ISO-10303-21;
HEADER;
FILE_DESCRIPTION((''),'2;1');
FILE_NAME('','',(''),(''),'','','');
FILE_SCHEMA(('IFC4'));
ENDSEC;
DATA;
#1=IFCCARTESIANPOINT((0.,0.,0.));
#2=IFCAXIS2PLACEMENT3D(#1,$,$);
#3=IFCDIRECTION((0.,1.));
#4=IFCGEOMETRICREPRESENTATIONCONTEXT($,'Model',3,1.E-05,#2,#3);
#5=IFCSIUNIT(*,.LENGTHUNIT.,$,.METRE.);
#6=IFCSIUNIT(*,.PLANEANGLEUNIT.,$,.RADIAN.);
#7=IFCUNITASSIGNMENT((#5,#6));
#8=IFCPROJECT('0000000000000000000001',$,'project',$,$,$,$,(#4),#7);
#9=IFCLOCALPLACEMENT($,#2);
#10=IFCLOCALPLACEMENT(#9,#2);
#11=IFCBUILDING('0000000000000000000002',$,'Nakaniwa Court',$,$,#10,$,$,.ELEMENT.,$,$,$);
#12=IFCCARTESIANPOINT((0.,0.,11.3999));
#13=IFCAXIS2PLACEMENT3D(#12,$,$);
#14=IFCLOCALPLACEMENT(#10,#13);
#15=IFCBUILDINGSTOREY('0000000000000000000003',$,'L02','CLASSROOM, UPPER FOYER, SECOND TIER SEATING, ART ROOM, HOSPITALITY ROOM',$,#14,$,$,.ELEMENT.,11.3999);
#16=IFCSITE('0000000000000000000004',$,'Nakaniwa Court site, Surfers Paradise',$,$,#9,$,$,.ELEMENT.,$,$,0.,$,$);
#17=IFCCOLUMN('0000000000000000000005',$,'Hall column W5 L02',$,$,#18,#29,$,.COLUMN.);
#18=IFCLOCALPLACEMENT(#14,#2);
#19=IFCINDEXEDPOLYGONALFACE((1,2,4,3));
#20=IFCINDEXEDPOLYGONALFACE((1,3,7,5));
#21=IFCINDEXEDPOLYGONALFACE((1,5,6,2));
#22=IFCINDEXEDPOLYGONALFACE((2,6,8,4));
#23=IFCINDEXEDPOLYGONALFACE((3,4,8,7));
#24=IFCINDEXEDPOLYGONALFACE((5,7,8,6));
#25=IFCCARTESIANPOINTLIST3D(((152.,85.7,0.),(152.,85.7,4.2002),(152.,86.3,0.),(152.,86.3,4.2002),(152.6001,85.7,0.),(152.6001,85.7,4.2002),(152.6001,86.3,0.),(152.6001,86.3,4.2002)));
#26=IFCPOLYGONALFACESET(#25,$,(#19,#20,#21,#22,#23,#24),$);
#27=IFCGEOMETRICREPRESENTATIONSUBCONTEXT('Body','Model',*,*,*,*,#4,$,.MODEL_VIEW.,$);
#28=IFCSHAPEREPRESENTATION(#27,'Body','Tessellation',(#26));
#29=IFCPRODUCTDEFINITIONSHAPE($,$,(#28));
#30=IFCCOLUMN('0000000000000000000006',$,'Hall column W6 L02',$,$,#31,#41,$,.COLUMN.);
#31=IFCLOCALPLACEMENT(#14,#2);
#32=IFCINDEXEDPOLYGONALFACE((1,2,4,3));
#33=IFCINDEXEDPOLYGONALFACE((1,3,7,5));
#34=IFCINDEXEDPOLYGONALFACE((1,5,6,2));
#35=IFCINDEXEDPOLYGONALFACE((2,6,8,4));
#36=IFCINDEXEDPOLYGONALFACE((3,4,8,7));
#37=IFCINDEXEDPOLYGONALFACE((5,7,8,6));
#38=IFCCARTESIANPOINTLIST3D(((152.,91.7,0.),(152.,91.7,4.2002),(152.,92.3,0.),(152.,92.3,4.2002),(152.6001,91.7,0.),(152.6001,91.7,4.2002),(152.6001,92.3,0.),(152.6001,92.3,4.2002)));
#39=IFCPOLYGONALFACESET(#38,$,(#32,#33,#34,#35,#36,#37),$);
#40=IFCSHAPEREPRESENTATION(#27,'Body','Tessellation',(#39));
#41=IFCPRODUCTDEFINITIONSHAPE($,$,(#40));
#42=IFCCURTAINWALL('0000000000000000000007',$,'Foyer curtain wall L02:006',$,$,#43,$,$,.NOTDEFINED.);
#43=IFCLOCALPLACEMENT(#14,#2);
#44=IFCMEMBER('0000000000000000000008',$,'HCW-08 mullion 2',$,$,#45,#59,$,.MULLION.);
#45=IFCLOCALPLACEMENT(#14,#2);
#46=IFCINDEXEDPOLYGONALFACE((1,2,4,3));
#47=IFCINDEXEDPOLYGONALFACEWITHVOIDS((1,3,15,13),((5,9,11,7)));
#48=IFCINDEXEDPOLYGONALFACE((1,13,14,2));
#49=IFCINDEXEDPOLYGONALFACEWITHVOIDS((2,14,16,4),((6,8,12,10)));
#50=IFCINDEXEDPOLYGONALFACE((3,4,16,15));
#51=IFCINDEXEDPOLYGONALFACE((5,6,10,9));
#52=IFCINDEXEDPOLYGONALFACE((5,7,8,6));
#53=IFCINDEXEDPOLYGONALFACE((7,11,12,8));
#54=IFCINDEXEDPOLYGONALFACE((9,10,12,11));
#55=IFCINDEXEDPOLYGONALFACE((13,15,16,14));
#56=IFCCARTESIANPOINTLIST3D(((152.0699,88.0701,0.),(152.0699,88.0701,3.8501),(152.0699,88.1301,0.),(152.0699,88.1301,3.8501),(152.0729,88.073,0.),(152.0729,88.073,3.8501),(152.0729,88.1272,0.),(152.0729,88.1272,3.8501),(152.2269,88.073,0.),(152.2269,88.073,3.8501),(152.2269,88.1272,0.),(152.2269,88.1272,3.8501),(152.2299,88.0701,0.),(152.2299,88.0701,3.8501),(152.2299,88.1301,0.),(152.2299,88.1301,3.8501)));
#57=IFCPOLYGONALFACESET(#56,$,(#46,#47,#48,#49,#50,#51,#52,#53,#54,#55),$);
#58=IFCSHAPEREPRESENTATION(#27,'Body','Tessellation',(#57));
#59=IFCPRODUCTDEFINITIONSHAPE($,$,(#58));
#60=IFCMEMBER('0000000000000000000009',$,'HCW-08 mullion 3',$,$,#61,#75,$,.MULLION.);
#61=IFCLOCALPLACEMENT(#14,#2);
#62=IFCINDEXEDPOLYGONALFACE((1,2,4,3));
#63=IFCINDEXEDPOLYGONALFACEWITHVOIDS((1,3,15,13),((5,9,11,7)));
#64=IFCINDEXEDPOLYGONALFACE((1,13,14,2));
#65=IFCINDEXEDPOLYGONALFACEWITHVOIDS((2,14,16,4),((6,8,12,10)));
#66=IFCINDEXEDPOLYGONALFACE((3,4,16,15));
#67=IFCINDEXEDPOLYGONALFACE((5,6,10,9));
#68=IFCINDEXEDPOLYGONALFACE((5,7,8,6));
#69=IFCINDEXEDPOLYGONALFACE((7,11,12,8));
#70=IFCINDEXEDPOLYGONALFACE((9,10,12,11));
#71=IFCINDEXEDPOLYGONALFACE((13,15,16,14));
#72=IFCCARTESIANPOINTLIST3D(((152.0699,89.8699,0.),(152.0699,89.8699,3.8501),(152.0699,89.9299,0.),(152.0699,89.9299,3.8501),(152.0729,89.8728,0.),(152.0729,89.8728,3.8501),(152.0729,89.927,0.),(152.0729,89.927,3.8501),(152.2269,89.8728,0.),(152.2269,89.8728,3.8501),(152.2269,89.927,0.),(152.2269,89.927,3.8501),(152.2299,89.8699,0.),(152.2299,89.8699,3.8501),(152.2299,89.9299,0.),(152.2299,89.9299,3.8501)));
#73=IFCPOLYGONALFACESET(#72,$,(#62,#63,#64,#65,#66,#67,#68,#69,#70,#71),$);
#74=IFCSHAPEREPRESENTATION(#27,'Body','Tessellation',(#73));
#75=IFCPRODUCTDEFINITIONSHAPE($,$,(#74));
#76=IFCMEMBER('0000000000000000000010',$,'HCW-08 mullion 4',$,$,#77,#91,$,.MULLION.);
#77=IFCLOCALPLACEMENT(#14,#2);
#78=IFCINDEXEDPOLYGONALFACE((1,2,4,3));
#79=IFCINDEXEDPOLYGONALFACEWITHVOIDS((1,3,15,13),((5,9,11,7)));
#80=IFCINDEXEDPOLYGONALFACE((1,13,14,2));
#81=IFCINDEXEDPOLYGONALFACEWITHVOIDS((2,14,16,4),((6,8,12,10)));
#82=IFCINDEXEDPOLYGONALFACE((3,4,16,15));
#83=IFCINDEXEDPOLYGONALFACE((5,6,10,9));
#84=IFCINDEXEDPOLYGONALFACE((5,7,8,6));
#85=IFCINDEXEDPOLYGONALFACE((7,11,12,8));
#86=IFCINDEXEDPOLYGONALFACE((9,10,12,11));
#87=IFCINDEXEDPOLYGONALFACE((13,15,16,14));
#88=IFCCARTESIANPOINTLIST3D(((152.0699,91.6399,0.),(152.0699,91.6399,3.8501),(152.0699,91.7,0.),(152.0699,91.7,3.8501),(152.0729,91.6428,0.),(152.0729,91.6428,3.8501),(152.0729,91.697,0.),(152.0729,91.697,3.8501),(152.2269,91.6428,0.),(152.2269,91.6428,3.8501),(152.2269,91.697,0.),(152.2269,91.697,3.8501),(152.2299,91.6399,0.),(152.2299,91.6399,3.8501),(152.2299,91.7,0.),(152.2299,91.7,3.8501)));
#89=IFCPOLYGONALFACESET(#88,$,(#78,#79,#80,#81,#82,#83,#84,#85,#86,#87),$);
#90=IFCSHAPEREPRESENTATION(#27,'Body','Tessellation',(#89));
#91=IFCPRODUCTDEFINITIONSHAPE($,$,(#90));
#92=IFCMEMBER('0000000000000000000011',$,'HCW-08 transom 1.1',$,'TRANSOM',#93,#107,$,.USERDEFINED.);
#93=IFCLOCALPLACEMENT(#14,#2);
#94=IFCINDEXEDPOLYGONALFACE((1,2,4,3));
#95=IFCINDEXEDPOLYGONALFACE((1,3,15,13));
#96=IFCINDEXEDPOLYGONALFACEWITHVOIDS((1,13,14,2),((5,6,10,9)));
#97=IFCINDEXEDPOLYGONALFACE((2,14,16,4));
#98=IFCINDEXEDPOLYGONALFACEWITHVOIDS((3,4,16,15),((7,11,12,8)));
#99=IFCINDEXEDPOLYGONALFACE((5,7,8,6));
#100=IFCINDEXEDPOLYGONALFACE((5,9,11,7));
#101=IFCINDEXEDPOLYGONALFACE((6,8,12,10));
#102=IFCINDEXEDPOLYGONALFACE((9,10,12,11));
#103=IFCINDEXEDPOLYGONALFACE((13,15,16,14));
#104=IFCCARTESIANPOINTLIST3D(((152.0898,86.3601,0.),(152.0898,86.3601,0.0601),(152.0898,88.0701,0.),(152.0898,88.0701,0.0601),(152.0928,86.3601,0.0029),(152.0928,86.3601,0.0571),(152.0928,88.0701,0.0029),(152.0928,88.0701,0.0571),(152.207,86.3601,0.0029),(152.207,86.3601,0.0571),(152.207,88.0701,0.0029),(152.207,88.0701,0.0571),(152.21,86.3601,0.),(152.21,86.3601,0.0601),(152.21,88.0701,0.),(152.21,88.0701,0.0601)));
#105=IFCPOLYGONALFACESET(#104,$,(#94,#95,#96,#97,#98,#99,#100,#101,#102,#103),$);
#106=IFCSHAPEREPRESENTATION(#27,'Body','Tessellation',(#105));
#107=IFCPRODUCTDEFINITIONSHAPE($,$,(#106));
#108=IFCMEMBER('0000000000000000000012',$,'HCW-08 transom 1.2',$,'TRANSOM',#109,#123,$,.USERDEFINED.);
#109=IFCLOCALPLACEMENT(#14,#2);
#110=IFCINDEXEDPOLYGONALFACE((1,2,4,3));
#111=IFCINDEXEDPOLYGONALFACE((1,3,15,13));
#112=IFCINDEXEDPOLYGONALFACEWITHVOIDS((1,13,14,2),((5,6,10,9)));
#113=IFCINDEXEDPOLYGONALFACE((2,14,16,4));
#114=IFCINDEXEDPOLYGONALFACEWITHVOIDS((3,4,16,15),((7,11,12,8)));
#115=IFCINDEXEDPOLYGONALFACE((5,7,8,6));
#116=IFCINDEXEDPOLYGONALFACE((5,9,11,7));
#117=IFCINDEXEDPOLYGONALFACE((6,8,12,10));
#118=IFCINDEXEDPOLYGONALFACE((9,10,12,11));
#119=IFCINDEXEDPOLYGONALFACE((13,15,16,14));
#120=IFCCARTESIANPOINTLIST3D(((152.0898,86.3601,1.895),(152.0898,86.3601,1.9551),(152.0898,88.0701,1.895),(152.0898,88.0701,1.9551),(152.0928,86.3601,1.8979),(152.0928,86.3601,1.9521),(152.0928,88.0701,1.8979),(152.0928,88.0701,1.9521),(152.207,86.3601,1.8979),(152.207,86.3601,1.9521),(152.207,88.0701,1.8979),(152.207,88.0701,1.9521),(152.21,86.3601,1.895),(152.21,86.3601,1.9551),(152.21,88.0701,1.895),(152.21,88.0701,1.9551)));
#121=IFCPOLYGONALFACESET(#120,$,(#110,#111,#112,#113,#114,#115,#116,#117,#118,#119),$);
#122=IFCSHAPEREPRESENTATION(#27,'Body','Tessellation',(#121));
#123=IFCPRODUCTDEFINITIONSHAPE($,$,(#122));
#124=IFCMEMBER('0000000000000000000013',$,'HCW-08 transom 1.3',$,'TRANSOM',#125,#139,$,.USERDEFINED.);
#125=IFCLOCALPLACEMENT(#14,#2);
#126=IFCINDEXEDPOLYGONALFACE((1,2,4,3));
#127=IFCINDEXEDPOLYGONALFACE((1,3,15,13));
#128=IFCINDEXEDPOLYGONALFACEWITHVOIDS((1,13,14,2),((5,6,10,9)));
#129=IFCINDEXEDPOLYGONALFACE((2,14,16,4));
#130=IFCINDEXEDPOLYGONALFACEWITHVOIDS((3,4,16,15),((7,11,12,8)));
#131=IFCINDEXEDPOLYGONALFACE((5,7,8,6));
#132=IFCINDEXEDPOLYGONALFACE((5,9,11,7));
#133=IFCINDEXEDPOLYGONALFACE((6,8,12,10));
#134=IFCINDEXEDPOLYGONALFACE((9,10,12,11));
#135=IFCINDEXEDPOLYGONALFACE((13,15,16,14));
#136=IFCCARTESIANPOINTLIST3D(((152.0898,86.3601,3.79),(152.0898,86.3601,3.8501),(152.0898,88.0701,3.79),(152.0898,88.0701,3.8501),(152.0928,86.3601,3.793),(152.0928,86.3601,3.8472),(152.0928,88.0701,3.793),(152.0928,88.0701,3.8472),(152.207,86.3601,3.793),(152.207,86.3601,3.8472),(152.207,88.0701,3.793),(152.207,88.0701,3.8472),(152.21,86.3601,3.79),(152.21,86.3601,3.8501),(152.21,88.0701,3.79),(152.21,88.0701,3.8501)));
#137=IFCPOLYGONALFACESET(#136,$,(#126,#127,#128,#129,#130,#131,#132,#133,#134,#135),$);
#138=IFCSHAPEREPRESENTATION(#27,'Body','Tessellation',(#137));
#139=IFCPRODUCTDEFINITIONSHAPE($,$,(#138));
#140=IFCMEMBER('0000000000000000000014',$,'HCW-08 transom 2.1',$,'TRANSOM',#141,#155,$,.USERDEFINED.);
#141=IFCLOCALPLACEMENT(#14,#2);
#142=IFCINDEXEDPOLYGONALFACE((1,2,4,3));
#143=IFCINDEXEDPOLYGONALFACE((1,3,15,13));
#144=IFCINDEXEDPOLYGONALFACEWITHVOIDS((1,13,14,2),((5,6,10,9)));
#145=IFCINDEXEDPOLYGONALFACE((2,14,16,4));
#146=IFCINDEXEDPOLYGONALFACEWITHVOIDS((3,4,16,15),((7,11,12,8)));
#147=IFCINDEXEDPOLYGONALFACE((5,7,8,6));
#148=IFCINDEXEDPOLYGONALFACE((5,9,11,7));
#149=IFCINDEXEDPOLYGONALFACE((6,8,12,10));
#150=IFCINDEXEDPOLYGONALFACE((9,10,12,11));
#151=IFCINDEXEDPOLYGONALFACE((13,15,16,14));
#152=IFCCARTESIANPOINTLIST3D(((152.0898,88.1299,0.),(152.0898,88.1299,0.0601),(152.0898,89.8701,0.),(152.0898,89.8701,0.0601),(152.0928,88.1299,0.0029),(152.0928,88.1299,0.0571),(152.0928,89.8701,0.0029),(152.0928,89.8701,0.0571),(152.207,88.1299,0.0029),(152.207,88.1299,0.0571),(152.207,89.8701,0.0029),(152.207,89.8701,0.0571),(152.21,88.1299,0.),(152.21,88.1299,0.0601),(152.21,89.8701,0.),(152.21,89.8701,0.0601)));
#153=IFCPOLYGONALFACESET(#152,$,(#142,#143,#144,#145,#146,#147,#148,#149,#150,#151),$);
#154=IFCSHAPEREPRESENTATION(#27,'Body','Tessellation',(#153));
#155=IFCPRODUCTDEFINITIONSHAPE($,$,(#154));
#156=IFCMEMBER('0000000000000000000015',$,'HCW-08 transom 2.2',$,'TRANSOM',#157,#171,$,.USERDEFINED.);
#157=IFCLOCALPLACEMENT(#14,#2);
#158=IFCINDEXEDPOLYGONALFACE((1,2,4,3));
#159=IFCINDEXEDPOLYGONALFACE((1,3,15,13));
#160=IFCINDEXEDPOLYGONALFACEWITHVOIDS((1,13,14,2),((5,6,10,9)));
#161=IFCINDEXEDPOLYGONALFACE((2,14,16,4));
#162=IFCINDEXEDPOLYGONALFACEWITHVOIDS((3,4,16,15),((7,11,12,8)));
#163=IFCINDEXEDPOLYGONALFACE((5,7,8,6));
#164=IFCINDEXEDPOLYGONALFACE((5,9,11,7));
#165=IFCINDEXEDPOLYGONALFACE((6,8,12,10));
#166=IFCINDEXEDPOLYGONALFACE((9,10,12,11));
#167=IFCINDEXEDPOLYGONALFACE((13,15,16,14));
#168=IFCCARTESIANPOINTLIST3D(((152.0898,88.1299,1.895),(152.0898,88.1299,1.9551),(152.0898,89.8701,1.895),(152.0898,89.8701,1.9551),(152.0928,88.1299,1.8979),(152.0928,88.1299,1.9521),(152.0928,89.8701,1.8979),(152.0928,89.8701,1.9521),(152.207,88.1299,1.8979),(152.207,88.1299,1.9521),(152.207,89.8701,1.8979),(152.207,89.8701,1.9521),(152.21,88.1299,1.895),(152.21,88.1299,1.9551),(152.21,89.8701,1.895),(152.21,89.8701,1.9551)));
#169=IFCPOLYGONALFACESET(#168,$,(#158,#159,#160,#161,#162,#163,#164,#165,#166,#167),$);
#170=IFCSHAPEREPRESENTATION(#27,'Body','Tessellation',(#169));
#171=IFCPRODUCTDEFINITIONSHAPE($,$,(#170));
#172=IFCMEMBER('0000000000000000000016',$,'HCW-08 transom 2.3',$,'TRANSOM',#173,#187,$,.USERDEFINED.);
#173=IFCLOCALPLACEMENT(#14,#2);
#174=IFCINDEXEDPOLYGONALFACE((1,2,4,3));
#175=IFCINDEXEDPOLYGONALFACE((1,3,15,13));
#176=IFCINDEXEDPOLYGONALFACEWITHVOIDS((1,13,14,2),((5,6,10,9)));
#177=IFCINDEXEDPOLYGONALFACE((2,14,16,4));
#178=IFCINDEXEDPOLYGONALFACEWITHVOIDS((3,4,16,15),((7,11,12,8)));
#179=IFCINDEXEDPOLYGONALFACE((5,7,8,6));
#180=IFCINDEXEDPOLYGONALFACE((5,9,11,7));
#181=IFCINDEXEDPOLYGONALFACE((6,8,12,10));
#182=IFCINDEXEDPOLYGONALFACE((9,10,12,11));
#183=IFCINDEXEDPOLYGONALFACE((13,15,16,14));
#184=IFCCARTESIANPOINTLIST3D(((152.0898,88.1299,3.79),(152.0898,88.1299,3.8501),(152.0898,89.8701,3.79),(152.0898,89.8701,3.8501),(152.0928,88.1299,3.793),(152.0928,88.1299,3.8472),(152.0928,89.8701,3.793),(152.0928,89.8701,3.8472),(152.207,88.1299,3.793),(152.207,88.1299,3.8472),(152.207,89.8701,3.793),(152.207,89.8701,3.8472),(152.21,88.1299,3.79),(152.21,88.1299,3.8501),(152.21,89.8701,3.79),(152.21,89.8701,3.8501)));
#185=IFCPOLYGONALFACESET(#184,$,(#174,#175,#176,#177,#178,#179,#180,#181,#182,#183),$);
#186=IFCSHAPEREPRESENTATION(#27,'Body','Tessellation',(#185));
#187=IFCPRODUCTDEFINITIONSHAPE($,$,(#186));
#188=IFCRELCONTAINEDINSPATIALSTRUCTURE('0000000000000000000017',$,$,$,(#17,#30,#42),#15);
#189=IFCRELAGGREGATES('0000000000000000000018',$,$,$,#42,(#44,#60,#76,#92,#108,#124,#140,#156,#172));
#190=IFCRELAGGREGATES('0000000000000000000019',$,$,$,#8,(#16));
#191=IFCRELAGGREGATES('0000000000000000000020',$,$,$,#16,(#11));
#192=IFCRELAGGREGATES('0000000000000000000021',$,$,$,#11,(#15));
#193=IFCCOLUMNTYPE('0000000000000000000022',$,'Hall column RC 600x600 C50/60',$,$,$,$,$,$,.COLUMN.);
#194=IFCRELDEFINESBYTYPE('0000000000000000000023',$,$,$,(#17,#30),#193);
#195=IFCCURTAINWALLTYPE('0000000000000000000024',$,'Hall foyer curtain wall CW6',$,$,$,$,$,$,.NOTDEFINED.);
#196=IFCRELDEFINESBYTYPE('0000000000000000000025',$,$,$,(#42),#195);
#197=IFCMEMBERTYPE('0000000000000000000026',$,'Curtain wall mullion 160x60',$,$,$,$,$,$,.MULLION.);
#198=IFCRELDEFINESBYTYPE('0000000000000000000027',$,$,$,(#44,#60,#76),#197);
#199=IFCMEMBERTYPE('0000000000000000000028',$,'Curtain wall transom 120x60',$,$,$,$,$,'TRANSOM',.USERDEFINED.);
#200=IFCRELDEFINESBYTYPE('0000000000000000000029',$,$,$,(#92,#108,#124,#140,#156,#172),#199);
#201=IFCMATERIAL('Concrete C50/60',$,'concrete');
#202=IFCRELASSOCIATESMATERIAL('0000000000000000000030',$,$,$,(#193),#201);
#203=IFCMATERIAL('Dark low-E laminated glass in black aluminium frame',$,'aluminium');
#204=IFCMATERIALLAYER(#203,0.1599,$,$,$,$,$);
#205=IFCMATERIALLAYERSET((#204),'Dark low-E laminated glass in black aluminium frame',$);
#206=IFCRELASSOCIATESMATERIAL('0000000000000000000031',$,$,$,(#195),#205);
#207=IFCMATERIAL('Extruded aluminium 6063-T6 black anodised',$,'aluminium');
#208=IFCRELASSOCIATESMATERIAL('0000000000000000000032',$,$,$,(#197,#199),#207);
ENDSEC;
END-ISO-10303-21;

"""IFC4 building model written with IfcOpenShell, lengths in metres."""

from ifc_helpers import new_model, si_unit, direction, frame, origin, origin_2d, place, context, subcontext, project, spatial, rectangle, hollow_rectangle, extrude, material, layer, layer_set, material_profile, profile_set, type_object, element, aggregate, save


model = new_model("IFC4")

# Units and contexts
model_context = context("Model", 3, precision=1e-05, world=origin(), true_north=direction((0.0, 1.0)))
body_context = subcontext(model_context, "Body", "Model", "MODEL_VIEW")
ifc_project = project(units=[si_unit("LENGTHUNIT", "METRE"), si_unit("PLANEANGLEUNIT", "RADIAN")], contexts=[model_context])

# Site, building, storey
site_placement = place(None, origin())
site = spatial("IfcSite", under=ifc_project, at=site_placement, Name="Nakaniwa Court site, Surfers Paradise", CompositionType="ELEMENT", RefElevation=0.0)
building_placement = place(site_placement, origin())
building = spatial("IfcBuilding", under=site, at=building_placement, Name="Nakaniwa Court", CompositionType="ELEMENT")
storey_placement = place(building_placement, frame((0.0, 0.0, 11.3999)))
storey = spatial("IfcBuildingStorey", under=building, at=storey_placement, Name="L02", Description="CLASSROOM, UPPER FOYER, SECOND TIER SEATING, ART ROOM, HOSPITALITY ROOM", CompositionType="ELEMENT", Elevation=11.3999)

# Columns
ifc_material_1 = material(Name="Concrete C50/60", Category="concrete")
ifc_material_profile_1 = material_profile(ifc_material_1, rectangle(XDim=0.6001, YDim=0.6001, at=origin_2d()), Name="RC 600x600")
ifc_profile_set_1 = profile_set([ifc_material_profile_1], Name="Concrete C50/60")
column_type = type_object("IfcColumnType", Name="Hall column RC 600x600 C50/60", PredefinedType="COLUMN", material=ifc_profile_set_1)
for number, where, z_axis, x_axis, name in (
    (1, (152.3, 86.0, 0.0), (0.0, 0.0, 1.0), (1.0, 0.0, 0.0), "Hall column W5 L02"),
    (2, (152.3, 92.0, 0.0), (0.0, 0.0, 1.0), (1.0, 0.0, 0.0), "Hall column W6 L02"),
):
    element("IfcColumn", number, at=place(storey_placement, frame(where, z_axis=z_axis, x_axis=x_axis)), inside=storey, type_object=column_type, Name=name, PredefinedType="COLUMN", context=body_context, shape_type="SweptSolid", body=[
        extrude(rectangle(XDim=0.6001, YDim=0.6001, at=origin_2d()), origin(), (0.0, 0.0, 1.0), 4.2002),
    ])

# Curtain wall, members
ifc_material_2 = material(Name="Dark low-E laminated glass in black aluminium frame", Category="aluminium")
ifc_layer_1 = layer(ifc_material_2, 0.1599)
ifc_layer_set_1 = layer_set([ifc_layer_1], Name="Dark low-E laminated glass in black aluminium frame")
curtain_wall_type = type_object("IfcCurtainWallType", Name="Hall foyer curtain wall CW6", PredefinedType="NOTDEFINED", material=ifc_layer_set_1)
curtain_wall_placement = place(storey_placement, origin())
curtain_wall = element("IfcCurtainWall", 3, at=curtain_wall_placement, inside=storey, type_object=curtain_wall_type, Name="Foyer curtain wall L02:006", PredefinedType="NOTDEFINED")
ifc_material_3 = material(Name="Extruded aluminium 6063-T6 black anodised", Category="aluminium")
ifc_material_profile_2 = material_profile(ifc_material_3, hollow_rectangle(XDim=0.1599, YDim=0.0601, WallThickness=0.0029, at=origin_2d()), Name="CW mullion 160x60")
ifc_profile_set_2 = profile_set([ifc_material_profile_2], Name="Extruded aluminium 6063-T6 black anodised")
member_type_1 = type_object("IfcMemberType", Name="Curtain wall mullion 160x60", PredefinedType="MULLION", material=ifc_profile_set_2)
member_1_placement = place(storey_placement, frame((152.1499, 88.1001, 0.0), z_axis=(0.0, 0.0, 1.0), x_axis=(-1.0, 0.0, 0.0)))
member_1 = element("IfcMember", 4, at=member_1_placement, type_object=member_type_1, Name="HCW-08 mullion 2", PredefinedType="MULLION", context=body_context, shape_type="SweptSolid", body=[
    extrude(hollow_rectangle(XDim=0.1599, YDim=0.0601, WallThickness=0.0029, at=origin_2d()), origin(), (0.0, 0.0, 1.0), 3.8501),
])
member_2_placement = place(storey_placement, frame((152.1499, 89.8999, 0.0), z_axis=(0.0, 0.0, 1.0), x_axis=(-1.0, 0.0, 0.0)))
member_2 = element("IfcMember", 5, at=member_2_placement, type_object=member_type_1, Name="HCW-08 mullion 3", PredefinedType="MULLION", context=body_context, shape_type="SweptSolid", body=[
    extrude(hollow_rectangle(XDim=0.1599, YDim=0.0601, WallThickness=0.0029, at=origin_2d()), origin(), (0.0, 0.0, 1.0), 3.8501),
])
member_3_placement = place(storey_placement, frame((152.1499, 91.6699, 0.0), z_axis=(0.0, 0.0, 1.0), x_axis=(-1.0, 0.0, 0.0)))
member_3 = element("IfcMember", 6, at=member_3_placement, type_object=member_type_1, Name="HCW-08 mullion 4", PredefinedType="MULLION", context=body_context, shape_type="SweptSolid", body=[
    extrude(hollow_rectangle(XDim=0.1599, YDim=0.0601, WallThickness=0.0029, at=origin_2d()), origin(), (0.0, 0.0, 1.0), 3.8501),
])
ifc_material_profile_3 = material_profile(ifc_material_3, hollow_rectangle(XDim=0.1201, YDim=0.0601, WallThickness=0.0029, at=origin_2d()), Name="CW transom 120x60")
ifc_profile_set_3 = profile_set([ifc_material_profile_3], Name="Extruded aluminium 6063-T6 black anodised")
member_type_2 = type_object("IfcMemberType", Name="Curtain wall transom 120x60", ElementType="TRANSOM", PredefinedType="USERDEFINED", material=ifc_profile_set_3)
member_4_placement = place(storey_placement, frame((152.1499, 86.3601, 0.03), z_axis=(0.0, 1.0, 0.0), x_axis=(-1.0, 0.0, 0.0)))
member_4 = element("IfcMember", 7, at=member_4_placement, type_object=member_type_2, Name="HCW-08 transom 1.1", ObjectType="TRANSOM", PredefinedType="USERDEFINED", context=body_context, shape_type="SweptSolid", body=[
    extrude(hollow_rectangle(XDim=0.1201, YDim=0.0601, WallThickness=0.0029, at=origin_2d()), origin(), (0.0, 0.0, 1.0), 1.71),
])
member_5_placement = place(storey_placement, frame((152.1499, 86.3601, 1.925), z_axis=(0.0, 1.0, 0.0), x_axis=(-1.0, 0.0, 0.0)))
member_5 = element("IfcMember", 8, at=member_5_placement, type_object=member_type_2, Name="HCW-08 transom 1.2", ObjectType="TRANSOM", PredefinedType="USERDEFINED", context=body_context, shape_type="SweptSolid", body=[
    extrude(hollow_rectangle(XDim=0.1201, YDim=0.0601, WallThickness=0.0029, at=origin_2d()), origin(), (0.0, 0.0, 1.0), 1.71),
])
member_6_placement = place(storey_placement, frame((152.1499, 86.3601, 3.8201), z_axis=(0.0, 1.0, 0.0), x_axis=(-1.0, 0.0, 0.0)))
member_6 = element("IfcMember", 9, at=member_6_placement, type_object=member_type_2, Name="HCW-08 transom 1.3", ObjectType="TRANSOM", PredefinedType="USERDEFINED", context=body_context, shape_type="SweptSolid", body=[
    extrude(hollow_rectangle(XDim=0.1201, YDim=0.0601, WallThickness=0.0029, at=origin_2d()), origin(), (0.0, 0.0, 1.0), 1.71),
])
member_7_placement = place(storey_placement, frame((152.1499, 88.1299, 0.03), z_axis=(0.0, 1.0, 0.0), x_axis=(-1.0, 0.0, 0.0)))
member_7 = element("IfcMember", 10, at=member_7_placement, type_object=member_type_2, Name="HCW-08 transom 2.1", ObjectType="TRANSOM", PredefinedType="USERDEFINED", context=body_context, shape_type="SweptSolid", body=[
    extrude(hollow_rectangle(XDim=0.1201, YDim=0.0601, WallThickness=0.0029, at=origin_2d()), origin(), (0.0, 0.0, 1.0), 1.7402),
])
member_8_placement = place(storey_placement, frame((152.1499, 88.1299, 1.925), z_axis=(0.0, 1.0, 0.0), x_axis=(-1.0, 0.0, 0.0)))
member_8 = element("IfcMember", 11, at=member_8_placement, type_object=member_type_2, Name="HCW-08 transom 2.2", ObjectType="TRANSOM", PredefinedType="USERDEFINED", context=body_context, shape_type="SweptSolid", body=[
    extrude(hollow_rectangle(XDim=0.1201, YDim=0.0601, WallThickness=0.0029, at=origin_2d()), origin(), (0.0, 0.0, 1.0), 1.7402),
])
member_9_placement = place(storey_placement, frame((152.1499, 88.1299, 3.8201), z_axis=(0.0, 1.0, 0.0), x_axis=(-1.0, 0.0, 0.0)))
member_9 = element("IfcMember", 12, at=member_9_placement, type_object=member_type_2, Name="HCW-08 transom 2.3", ObjectType="TRANSOM", PredefinedType="USERDEFINED", context=body_context, shape_type="SweptSolid", body=[
    extrude(hollow_rectangle(XDim=0.1201, YDim=0.0601, WallThickness=0.0029, at=origin_2d()), origin(), (0.0, 0.0, 1.0), 1.7402),
])
aggregate(curtain_wall, [member_1, member_2, member_3, member_4, member_5, member_6, member_7, member_8, member_9])

save(model, "model.ifc")
